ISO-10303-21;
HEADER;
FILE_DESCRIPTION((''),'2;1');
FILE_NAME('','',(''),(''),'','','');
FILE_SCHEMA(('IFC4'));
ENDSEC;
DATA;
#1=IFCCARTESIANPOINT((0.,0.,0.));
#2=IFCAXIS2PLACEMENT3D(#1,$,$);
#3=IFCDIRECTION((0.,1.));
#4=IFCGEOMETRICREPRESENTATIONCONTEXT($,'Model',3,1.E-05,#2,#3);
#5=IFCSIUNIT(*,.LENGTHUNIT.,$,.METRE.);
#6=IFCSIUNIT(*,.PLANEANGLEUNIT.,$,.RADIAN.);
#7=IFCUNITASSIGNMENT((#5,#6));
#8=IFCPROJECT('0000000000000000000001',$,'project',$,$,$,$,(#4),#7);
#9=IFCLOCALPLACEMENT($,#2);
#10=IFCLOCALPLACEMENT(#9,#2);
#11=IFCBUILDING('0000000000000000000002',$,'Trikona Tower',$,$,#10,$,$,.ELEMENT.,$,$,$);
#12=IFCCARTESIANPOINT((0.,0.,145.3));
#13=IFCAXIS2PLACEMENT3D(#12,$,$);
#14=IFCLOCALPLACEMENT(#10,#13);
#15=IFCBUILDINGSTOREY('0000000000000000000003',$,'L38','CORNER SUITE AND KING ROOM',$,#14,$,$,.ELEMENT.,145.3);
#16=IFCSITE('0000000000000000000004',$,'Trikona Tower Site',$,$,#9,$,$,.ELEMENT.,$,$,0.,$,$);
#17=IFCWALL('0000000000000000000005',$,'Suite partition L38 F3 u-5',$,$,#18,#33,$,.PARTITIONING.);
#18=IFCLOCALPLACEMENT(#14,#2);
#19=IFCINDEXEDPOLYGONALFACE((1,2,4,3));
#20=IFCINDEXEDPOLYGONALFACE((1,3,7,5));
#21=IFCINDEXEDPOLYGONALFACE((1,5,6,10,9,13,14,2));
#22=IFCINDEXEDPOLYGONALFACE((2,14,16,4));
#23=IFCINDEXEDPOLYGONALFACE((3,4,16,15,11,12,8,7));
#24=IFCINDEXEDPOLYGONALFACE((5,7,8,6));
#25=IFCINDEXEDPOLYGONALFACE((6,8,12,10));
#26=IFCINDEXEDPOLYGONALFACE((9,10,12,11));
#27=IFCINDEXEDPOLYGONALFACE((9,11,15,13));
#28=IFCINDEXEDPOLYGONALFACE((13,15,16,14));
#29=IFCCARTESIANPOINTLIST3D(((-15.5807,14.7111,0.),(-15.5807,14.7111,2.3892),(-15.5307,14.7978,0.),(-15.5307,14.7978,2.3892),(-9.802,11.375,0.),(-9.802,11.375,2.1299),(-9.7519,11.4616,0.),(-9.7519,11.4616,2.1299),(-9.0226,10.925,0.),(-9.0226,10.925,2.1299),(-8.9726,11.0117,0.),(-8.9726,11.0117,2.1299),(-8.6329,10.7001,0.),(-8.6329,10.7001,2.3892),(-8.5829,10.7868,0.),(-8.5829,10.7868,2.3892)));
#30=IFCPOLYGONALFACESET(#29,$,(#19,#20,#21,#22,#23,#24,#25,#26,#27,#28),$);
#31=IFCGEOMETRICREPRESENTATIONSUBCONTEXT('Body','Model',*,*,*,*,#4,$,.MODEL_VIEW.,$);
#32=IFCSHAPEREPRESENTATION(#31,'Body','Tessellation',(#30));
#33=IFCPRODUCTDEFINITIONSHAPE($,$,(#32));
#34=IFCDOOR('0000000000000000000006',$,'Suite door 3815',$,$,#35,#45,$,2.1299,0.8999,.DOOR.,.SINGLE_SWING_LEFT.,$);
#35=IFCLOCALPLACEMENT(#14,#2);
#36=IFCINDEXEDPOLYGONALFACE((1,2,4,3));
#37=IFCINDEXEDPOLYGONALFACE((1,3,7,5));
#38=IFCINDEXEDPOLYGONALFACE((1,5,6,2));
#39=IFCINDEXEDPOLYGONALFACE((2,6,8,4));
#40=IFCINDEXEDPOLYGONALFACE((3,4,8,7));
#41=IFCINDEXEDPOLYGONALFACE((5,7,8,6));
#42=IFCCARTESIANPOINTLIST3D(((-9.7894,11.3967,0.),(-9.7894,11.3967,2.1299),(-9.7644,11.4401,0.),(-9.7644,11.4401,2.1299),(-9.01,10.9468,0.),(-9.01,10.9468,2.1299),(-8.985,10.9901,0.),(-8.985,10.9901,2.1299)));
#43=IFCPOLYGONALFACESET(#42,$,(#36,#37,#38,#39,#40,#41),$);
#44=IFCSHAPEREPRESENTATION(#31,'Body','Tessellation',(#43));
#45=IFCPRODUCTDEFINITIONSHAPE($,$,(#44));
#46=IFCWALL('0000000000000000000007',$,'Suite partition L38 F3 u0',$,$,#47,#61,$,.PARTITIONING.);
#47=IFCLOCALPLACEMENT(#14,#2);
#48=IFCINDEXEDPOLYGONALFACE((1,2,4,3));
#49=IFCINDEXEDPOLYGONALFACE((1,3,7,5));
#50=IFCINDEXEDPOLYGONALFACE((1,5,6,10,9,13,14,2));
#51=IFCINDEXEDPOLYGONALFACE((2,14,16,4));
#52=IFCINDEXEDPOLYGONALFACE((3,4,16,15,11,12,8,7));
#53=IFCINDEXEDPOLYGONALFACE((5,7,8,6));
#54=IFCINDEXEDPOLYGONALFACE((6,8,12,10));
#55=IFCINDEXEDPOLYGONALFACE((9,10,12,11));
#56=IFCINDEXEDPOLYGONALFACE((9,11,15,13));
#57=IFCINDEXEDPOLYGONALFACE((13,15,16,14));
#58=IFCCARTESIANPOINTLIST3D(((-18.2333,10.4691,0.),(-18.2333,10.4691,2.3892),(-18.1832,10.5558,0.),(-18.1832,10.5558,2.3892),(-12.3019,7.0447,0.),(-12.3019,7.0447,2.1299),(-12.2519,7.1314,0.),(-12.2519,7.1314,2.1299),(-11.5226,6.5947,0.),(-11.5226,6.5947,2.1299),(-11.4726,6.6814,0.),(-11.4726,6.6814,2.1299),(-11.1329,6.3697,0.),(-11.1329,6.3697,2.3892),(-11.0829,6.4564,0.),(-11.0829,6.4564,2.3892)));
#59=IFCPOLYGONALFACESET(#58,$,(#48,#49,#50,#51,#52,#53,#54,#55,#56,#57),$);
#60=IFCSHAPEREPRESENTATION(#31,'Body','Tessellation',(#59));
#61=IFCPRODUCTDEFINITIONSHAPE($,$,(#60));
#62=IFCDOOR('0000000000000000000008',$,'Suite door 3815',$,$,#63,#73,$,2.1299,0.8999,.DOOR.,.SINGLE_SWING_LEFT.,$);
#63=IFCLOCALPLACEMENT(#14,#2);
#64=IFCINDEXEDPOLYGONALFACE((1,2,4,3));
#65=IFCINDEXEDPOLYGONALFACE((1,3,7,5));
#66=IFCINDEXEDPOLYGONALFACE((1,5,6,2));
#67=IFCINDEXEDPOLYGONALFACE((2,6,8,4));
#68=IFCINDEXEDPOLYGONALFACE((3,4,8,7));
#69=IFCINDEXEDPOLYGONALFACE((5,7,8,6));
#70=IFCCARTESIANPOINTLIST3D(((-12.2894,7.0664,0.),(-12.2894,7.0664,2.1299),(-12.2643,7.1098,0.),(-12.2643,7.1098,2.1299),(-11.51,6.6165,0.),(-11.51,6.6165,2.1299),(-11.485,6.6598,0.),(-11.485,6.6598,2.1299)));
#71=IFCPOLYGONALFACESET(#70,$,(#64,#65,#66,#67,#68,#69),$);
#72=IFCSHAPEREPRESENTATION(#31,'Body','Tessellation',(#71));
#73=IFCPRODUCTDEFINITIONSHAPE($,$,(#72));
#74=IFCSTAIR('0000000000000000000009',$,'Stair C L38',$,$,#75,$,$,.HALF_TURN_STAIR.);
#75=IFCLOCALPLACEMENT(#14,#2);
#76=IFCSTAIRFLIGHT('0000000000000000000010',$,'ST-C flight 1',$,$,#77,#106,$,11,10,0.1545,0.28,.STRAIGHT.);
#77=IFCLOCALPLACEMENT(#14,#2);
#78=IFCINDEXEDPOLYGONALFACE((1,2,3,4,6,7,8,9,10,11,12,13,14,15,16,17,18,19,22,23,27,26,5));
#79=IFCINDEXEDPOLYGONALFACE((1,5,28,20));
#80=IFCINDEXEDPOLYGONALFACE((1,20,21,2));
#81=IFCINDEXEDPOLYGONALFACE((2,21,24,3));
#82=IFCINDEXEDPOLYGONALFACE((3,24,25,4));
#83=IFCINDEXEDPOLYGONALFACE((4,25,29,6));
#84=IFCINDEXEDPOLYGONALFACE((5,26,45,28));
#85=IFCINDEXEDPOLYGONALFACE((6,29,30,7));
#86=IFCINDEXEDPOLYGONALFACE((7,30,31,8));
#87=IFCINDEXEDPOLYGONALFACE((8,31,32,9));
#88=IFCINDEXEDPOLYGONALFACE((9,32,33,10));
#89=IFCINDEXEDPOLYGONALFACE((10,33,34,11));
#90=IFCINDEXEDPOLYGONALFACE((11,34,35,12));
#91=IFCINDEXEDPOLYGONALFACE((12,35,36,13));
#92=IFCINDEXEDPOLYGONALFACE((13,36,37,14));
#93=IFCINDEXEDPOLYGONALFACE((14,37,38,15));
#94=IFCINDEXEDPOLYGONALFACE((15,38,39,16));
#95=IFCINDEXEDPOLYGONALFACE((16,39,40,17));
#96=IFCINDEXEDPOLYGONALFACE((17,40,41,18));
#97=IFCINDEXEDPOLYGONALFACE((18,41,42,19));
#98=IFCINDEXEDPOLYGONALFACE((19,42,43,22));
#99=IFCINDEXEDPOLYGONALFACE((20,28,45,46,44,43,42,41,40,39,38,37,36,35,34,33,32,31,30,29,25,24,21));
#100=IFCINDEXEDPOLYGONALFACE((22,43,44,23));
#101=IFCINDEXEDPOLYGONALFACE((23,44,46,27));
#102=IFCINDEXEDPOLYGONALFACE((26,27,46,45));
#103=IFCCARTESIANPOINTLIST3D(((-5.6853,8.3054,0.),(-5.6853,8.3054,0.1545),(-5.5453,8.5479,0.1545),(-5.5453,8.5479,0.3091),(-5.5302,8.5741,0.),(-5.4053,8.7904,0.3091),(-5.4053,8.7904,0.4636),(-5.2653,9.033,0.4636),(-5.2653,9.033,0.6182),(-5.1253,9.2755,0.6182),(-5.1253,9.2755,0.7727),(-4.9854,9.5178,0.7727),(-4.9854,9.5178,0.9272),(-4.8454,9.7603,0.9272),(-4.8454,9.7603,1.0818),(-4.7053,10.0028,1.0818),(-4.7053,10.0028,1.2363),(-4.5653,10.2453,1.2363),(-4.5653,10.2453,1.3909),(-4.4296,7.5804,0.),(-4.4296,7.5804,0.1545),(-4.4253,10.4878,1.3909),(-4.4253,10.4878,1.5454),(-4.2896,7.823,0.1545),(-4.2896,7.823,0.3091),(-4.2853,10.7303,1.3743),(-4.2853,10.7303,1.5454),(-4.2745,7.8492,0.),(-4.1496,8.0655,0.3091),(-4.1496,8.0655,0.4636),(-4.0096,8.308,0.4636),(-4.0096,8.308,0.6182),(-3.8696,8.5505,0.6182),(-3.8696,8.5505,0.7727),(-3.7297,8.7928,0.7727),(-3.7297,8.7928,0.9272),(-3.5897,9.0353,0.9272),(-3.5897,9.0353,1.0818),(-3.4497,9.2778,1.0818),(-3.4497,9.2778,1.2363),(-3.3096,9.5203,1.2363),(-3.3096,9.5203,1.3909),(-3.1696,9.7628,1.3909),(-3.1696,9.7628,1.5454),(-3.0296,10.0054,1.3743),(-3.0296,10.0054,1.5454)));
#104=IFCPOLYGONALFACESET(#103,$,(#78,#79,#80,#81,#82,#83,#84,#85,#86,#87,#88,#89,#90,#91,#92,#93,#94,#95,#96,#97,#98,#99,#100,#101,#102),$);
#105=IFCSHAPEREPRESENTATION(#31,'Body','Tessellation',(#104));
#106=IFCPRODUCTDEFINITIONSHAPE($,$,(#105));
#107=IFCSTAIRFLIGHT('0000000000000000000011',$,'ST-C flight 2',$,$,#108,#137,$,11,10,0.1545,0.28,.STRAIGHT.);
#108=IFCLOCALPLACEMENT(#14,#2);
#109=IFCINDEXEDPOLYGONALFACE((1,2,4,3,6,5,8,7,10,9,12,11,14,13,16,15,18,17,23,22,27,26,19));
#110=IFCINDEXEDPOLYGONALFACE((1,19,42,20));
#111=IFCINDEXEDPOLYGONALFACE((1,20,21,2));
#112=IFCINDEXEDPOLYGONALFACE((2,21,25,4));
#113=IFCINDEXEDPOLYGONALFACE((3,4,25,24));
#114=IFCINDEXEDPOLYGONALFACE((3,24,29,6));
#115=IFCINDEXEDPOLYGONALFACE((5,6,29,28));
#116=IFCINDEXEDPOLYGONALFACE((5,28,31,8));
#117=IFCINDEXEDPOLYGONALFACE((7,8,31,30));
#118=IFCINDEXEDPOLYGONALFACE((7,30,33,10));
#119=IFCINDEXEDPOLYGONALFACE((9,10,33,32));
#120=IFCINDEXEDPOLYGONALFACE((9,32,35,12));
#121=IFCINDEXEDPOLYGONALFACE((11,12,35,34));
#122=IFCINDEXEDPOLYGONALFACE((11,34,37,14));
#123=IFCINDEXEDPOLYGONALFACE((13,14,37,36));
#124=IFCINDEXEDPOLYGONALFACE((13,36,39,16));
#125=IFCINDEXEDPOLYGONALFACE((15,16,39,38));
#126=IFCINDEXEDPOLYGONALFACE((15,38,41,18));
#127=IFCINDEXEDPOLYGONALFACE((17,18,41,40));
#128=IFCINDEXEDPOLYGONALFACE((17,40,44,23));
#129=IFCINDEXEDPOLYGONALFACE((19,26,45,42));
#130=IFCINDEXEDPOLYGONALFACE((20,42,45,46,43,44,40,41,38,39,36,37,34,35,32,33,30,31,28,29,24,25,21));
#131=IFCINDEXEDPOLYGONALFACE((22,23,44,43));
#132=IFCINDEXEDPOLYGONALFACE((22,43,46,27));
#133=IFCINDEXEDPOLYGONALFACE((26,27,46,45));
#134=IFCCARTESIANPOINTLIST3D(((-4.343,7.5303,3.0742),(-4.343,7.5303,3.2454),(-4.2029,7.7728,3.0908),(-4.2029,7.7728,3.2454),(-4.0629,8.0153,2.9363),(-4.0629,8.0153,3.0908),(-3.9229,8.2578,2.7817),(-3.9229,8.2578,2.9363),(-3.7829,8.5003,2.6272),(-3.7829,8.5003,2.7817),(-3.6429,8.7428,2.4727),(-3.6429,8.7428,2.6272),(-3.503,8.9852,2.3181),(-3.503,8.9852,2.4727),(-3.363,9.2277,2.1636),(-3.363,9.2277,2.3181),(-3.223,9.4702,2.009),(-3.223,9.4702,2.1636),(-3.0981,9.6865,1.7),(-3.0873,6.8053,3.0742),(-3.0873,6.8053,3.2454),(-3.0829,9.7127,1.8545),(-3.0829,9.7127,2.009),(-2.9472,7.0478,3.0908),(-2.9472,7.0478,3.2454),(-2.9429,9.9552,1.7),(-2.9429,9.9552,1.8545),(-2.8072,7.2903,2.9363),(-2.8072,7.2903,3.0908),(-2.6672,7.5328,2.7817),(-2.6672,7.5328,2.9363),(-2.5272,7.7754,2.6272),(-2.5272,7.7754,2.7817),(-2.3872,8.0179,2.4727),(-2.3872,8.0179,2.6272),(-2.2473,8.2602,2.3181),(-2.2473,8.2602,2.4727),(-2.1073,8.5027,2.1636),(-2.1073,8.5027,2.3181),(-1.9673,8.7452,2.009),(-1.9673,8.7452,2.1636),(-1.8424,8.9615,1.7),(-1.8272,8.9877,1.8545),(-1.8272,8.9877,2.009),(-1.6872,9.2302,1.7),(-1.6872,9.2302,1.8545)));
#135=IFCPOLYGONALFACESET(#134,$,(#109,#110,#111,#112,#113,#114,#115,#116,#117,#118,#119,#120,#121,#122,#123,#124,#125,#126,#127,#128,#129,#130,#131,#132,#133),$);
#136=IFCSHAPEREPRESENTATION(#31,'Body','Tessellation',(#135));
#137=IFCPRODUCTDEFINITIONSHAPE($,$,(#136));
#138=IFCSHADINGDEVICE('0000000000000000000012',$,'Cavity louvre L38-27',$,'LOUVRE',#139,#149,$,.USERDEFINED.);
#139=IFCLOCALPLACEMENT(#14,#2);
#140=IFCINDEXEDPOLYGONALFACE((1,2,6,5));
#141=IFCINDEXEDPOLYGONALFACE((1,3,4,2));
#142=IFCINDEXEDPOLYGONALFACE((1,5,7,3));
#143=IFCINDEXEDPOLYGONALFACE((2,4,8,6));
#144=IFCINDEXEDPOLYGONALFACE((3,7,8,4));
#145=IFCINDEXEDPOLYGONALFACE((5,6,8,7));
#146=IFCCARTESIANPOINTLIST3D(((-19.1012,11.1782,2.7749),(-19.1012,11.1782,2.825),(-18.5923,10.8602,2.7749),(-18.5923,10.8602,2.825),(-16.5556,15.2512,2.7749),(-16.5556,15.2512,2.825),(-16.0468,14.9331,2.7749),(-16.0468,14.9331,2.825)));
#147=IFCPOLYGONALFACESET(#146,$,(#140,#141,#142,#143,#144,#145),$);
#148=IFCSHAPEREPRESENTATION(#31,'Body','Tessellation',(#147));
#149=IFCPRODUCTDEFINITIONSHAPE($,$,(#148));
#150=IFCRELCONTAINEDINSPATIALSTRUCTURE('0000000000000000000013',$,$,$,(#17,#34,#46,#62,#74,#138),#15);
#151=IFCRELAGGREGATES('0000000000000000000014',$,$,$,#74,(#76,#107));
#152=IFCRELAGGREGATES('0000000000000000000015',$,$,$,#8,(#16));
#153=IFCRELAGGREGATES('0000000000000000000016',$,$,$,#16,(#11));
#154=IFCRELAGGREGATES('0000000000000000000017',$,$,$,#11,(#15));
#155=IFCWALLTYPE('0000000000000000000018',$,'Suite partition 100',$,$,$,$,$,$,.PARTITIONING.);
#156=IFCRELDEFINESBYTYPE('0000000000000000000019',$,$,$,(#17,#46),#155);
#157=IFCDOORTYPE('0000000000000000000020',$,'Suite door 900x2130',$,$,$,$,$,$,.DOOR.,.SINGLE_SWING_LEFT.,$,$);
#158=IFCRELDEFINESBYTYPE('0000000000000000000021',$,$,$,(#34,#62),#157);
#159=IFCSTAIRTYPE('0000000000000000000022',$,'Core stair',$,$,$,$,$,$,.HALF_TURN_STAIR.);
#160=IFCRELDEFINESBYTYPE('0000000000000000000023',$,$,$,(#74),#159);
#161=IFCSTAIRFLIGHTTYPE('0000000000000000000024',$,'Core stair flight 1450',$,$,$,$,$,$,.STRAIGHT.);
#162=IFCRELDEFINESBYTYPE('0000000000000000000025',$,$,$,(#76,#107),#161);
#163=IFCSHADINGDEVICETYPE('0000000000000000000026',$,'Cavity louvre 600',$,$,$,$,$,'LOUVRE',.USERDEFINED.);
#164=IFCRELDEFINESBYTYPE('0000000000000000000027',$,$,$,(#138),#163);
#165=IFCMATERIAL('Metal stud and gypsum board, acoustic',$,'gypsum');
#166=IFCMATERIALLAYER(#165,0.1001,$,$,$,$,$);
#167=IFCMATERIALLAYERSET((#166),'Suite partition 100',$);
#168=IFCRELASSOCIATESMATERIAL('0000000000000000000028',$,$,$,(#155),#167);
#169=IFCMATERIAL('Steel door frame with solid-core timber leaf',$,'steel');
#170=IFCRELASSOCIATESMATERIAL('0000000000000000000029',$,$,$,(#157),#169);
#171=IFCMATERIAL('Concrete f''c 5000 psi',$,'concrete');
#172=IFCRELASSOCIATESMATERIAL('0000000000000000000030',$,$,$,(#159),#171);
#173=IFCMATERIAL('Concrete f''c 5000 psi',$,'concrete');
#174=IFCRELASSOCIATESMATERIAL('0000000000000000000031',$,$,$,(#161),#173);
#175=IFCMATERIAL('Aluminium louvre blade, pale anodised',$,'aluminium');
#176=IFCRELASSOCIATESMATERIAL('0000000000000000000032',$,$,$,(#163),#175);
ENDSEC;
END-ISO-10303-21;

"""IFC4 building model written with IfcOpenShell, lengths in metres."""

from ifc_helpers import new_model, si_unit, direction, frame, frame_2d, origin, origin_2d, place, context, subcontext, project, spatial, polyline, rectangle, outline, extrude, material, layer, layer_set, type_object, element, fill, aggregate, save


model = new_model("IFC4")

# Units and contexts
model_context = context("Model", 3, precision=1e-05, world=origin(), true_north=direction((0.0, 1.0)))
body_context = subcontext(model_context, "Body", "Model", "MODEL_VIEW")
ifc_project = project(units=[si_unit("LENGTHUNIT", "METRE"), si_unit("PLANEANGLEUNIT", "RADIAN")], contexts=[model_context])

# Site, building, storey
site_placement = place(None, origin())
site = spatial("IfcSite", under=ifc_project, at=site_placement, Name="Trikona Tower Site", CompositionType="ELEMENT", RefElevation=0.0)
building_placement = place(site_placement, origin())
building = spatial("IfcBuilding", under=site, at=building_placement, Name="Trikona Tower", CompositionType="ELEMENT")
storey_placement = place(building_placement, frame((0.0, 0.0, 145.3)))
storey = spatial("IfcBuildingStorey", under=building, at=storey_placement, Name="L38", Description="CORNER SUITE AND KING ROOM", CompositionType="ELEMENT", Elevation=145.3)

# Walls, openings, doors
ifc_material_1 = material(Name="Metal stud and gypsum board, acoustic", Category="gypsum")
ifc_layer_1 = layer(ifc_material_1, 0.1001)
ifc_layer_set_1 = layer_set([ifc_layer_1], Name="Suite partition 100")
wall_type_1 = type_object("IfcWallType", Name="Suite partition 100", PredefinedType="PARTITIONING", material=ifc_layer_set_1)
wall_1_placement = place(storey_placement, frame((-8.6079, 10.7434, 0.0), z_axis=(0.0, 0.0, 1.0), x_axis=(-0.866042, 0.499972, 0.0)))
wall_1 = element("IfcWall", 1, at=wall_1_placement, inside=storey, type_object=wall_type_1, Name="Suite partition L38 F3 u-5", PredefinedType="PARTITIONING", context=body_context, shape_type="SweptSolid", body=[
    extrude(rectangle(XDim=8.0225, YDim=0.1001, at=frame_2d((4.0112, 0.0))), origin(), (0.0, 0.0, 1.0), 2.3892),
])
opening_1_placement = place(wall_1_placement, frame((0.45, 0.0, 0.0)))
opening_1 = element("IfcOpeningElement", 2, at=opening_1_placement, cuts=wall_1, PredefinedType="OPENING", context=body_context, shape_type="SweptSolid", body=[
    extrude(rectangle(XDim=0.8999, YDim=2.1299, at=frame_2d((0.45, 1.0649))), frame((0.0, 0.0601, 0.0), z_axis=(0.0, -1.0, 0.0), x_axis=(1.0, 0.0, 0.0)), (0.0, 0.0, 1.0), 0.1201),
])
ifc_material_2 = material(Name="Steel door frame with solid-core timber leaf", Category="steel")
door_type_1 = type_object("IfcDoorType", Name="Suite door 900x2130", OperationType="SINGLE_SWING_LEFT", PredefinedType="DOOR", material=ifc_material_2)
door_1_placement = place(opening_1_placement, origin())
door_1 = element("IfcDoor", 3, at=door_1_placement, inside=storey, type_object=door_type_1, Name="Suite door 3815", OperationType="SINGLE_SWING_LEFT", OverallHeight=2.1299, OverallWidth=0.8999, PredefinedType="DOOR", context=body_context, shape_type="SweptSolid", body=[
    extrude(rectangle(XDim=0.8999, YDim=2.1299, at=frame_2d((0.45, 1.0649))), frame((0.0, 0.0249, 0.0), z_axis=(0.0, -1.0, 0.0), x_axis=(1.0, 0.0, 0.0)), (0.0, 0.0, 1.0), 0.05),
])
fill(opening_1, door_1)
wall_2_placement = place(storey_placement, frame((-11.1079, 6.4131, 0.0), z_axis=(0.0, 0.0, 1.0), x_axis=(-0.866026, 0.499998, 0.0)))
wall_2 = element("IfcWall", 4, at=wall_2_placement, inside=storey, type_object=wall_type_1, Name="Suite partition L38 F3 u0", PredefinedType="PARTITIONING", context=body_context, shape_type="SweptSolid", body=[
    extrude(rectangle(XDim=8.1987, YDim=0.1001, at=frame_2d((4.0994, 0.0))), origin(), (0.0, 0.0, 1.0), 2.3892),
])
opening_2_placement = place(wall_2_placement, frame((0.45, 0.0, 0.0)))
opening_2 = element("IfcOpeningElement", 5, at=opening_2_placement, cuts=wall_2, PredefinedType="OPENING", context=body_context, shape_type="SweptSolid", body=[
    extrude(rectangle(XDim=0.8999, YDim=2.1299, at=frame_2d((0.45, 1.0649))), frame((0.0, 0.0601, 0.0), z_axis=(0.0, -1.0, 0.0), x_axis=(1.0, 0.0, 0.0)), (0.0, 0.0, 1.0), 0.1201),
])
door_2_placement = place(opening_2_placement, origin())
door_2 = element("IfcDoor", 6, at=door_2_placement, inside=storey, type_object=door_type_1, Name="Suite door 3815", OperationType="SINGLE_SWING_LEFT", OverallHeight=2.1299, OverallWidth=0.8999, PredefinedType="DOOR", context=body_context, shape_type="SweptSolid", body=[
    extrude(rectangle(XDim=0.8999, YDim=2.1299, at=frame_2d((0.45, 1.0649))), frame((0.0, 0.0249, 0.0), z_axis=(0.0, -1.0, 0.0), x_axis=(1.0, 0.0, 0.0)), (0.0, 0.0, 1.0), 0.05),
])
fill(opening_2, door_2)

# Stair, stair flights
ifc_material_3 = material(Name="Concrete f'c 5000 psi", Category="concrete")
stair_type = type_object("IfcStairType", Name="Core stair", PredefinedType="HALF_TURN_STAIR", material=ifc_material_3)
stair_placement = place(storey_placement, origin())
stair = element("IfcStair", 7, at=stair_placement, inside=storey, type_object=stair_type, Name="Stair C L38", PredefinedType="HALF_TURN_STAIR")
ifc_material_4 = material(Name="Concrete f'c 5000 psi", Category="concrete")
stair_flight_type = type_object("IfcStairFlightType", Name="Core stair flight 1450", PredefinedType="STRAIGHT", material=ifc_material_4)
stair_flight_1_placement = place(storey_placement, frame((-5.0574, 7.9429, 0.0), z_axis=(0.0, 0.0, 1.0), x_axis=(0.5, 0.866025, 0.0)))
stair_flight_1 = element("IfcStairFlight", 8, at=stair_flight_1_placement, type_object=stair_flight_type, Name="ST-C flight 1", NumberOfRisers=11, NumberOfTreads=10, PredefinedType="STRAIGHT", RiserHeight=0.1545, TreadLength=0.28, context=body_context, shape_type="SweptSolid", body=[
    extrude(outline(polyline([(0.0, 0.0), (0.0, 0.1545), (0.28, 0.1545), (0.28, 0.3091), (0.5601, 0.3091), (0.5601, 0.4636), (0.8401, 0.4636), (0.8401, 0.6182), (1.1201, 0.6182), (1.1201, 0.7727), (1.3999, 0.7727), (1.3999, 0.9272), (1.6799, 0.9272), (1.6799, 1.0818), (1.96, 1.0818), (1.96, 1.2363), (2.24, 1.2363), (2.24, 1.3909), (2.52, 1.3909), (2.52, 1.5454), (2.8, 1.5454), (2.8, 1.7), (2.8, 1.3743), (0.3103, 0.0), (0.0, 0.0)])), frame((0.0, 0.7251, 0.0), z_axis=(0.0, -1.0, 0.0), x_axis=(1.0, 0.0, 0.0)), (0.0, 0.0, 1.0), 1.45),
])
stair_flight_2_placement = place(storey_placement, frame((-2.3152, 9.5928, 1.7), z_axis=(0.0, 0.0, 1.0), x_axis=(-0.5, -0.866025, 0.0)))
stair_flight_2 = element("IfcStairFlight", 9, at=stair_flight_2_placement, type_object=stair_flight_type, Name="ST-C flight 2", NumberOfRisers=11, NumberOfTreads=10, PredefinedType="STRAIGHT", RiserHeight=0.1545, TreadLength=0.28, context=body_context, shape_type="SweptSolid", body=[
    extrude(outline(polyline([(0.0, 0.0), (0.0, 0.1545), (0.28, 0.1545), (0.28, 0.3091), (0.5601, 0.3091), (0.5601, 0.4636), (0.8401, 0.4636), (0.8401, 0.6182), (1.1201, 0.6182), (1.1201, 0.7727), (1.3999, 0.7727), (1.3999, 0.9272), (1.6799, 0.9272), (1.6799, 1.0818), (1.96, 1.0818), (1.96, 1.2363), (2.24, 1.2363), (2.24, 1.3909), (2.52, 1.3909), (2.52, 1.5454), (2.8, 1.5454), (2.8, 1.7), (2.8, 1.3743), (0.3103, 0.0), (0.0, 0.0)])), frame((0.0, 0.7251, 0.0), z_axis=(0.0, -1.0, 0.0), x_axis=(1.0, 0.0, 0.0)), (0.0, 0.0, 1.0), 1.45),
])
aggregate(stair, [stair_flight_1, stair_flight_2])

# Shading device
ifc_material_5 = material(Name="Aluminium louvre blade, pale anodised", Category="aluminium")
shading_device_type = type_object("IfcShadingDeviceType", Name="Cavity louvre 600", ElementType="LOUVRE", PredefinedType="USERDEFINED", material=ifc_material_5)
shading_device_placement = place(storey_placement, frame((-17.574, 13.0557, 2.7749), z_axis=(0.0, 0.0, 1.0), x_axis=(-0.529995, -0.848001, 0.0)))
element("IfcShadingDevice", 10, at=shading_device_placement, inside=storey, type_object=shading_device_type, Name="Cavity louvre L38-27", ObjectType="LOUVRE", PredefinedType="USERDEFINED", context=body_context, shape_type="SweptSolid", body=[
    extrude(rectangle(XDim=4.803, YDim=0.6001, at=origin_2d()), origin(), (0.0, 0.0, 1.0), 0.05),
])

save(model, "model.ifc")
